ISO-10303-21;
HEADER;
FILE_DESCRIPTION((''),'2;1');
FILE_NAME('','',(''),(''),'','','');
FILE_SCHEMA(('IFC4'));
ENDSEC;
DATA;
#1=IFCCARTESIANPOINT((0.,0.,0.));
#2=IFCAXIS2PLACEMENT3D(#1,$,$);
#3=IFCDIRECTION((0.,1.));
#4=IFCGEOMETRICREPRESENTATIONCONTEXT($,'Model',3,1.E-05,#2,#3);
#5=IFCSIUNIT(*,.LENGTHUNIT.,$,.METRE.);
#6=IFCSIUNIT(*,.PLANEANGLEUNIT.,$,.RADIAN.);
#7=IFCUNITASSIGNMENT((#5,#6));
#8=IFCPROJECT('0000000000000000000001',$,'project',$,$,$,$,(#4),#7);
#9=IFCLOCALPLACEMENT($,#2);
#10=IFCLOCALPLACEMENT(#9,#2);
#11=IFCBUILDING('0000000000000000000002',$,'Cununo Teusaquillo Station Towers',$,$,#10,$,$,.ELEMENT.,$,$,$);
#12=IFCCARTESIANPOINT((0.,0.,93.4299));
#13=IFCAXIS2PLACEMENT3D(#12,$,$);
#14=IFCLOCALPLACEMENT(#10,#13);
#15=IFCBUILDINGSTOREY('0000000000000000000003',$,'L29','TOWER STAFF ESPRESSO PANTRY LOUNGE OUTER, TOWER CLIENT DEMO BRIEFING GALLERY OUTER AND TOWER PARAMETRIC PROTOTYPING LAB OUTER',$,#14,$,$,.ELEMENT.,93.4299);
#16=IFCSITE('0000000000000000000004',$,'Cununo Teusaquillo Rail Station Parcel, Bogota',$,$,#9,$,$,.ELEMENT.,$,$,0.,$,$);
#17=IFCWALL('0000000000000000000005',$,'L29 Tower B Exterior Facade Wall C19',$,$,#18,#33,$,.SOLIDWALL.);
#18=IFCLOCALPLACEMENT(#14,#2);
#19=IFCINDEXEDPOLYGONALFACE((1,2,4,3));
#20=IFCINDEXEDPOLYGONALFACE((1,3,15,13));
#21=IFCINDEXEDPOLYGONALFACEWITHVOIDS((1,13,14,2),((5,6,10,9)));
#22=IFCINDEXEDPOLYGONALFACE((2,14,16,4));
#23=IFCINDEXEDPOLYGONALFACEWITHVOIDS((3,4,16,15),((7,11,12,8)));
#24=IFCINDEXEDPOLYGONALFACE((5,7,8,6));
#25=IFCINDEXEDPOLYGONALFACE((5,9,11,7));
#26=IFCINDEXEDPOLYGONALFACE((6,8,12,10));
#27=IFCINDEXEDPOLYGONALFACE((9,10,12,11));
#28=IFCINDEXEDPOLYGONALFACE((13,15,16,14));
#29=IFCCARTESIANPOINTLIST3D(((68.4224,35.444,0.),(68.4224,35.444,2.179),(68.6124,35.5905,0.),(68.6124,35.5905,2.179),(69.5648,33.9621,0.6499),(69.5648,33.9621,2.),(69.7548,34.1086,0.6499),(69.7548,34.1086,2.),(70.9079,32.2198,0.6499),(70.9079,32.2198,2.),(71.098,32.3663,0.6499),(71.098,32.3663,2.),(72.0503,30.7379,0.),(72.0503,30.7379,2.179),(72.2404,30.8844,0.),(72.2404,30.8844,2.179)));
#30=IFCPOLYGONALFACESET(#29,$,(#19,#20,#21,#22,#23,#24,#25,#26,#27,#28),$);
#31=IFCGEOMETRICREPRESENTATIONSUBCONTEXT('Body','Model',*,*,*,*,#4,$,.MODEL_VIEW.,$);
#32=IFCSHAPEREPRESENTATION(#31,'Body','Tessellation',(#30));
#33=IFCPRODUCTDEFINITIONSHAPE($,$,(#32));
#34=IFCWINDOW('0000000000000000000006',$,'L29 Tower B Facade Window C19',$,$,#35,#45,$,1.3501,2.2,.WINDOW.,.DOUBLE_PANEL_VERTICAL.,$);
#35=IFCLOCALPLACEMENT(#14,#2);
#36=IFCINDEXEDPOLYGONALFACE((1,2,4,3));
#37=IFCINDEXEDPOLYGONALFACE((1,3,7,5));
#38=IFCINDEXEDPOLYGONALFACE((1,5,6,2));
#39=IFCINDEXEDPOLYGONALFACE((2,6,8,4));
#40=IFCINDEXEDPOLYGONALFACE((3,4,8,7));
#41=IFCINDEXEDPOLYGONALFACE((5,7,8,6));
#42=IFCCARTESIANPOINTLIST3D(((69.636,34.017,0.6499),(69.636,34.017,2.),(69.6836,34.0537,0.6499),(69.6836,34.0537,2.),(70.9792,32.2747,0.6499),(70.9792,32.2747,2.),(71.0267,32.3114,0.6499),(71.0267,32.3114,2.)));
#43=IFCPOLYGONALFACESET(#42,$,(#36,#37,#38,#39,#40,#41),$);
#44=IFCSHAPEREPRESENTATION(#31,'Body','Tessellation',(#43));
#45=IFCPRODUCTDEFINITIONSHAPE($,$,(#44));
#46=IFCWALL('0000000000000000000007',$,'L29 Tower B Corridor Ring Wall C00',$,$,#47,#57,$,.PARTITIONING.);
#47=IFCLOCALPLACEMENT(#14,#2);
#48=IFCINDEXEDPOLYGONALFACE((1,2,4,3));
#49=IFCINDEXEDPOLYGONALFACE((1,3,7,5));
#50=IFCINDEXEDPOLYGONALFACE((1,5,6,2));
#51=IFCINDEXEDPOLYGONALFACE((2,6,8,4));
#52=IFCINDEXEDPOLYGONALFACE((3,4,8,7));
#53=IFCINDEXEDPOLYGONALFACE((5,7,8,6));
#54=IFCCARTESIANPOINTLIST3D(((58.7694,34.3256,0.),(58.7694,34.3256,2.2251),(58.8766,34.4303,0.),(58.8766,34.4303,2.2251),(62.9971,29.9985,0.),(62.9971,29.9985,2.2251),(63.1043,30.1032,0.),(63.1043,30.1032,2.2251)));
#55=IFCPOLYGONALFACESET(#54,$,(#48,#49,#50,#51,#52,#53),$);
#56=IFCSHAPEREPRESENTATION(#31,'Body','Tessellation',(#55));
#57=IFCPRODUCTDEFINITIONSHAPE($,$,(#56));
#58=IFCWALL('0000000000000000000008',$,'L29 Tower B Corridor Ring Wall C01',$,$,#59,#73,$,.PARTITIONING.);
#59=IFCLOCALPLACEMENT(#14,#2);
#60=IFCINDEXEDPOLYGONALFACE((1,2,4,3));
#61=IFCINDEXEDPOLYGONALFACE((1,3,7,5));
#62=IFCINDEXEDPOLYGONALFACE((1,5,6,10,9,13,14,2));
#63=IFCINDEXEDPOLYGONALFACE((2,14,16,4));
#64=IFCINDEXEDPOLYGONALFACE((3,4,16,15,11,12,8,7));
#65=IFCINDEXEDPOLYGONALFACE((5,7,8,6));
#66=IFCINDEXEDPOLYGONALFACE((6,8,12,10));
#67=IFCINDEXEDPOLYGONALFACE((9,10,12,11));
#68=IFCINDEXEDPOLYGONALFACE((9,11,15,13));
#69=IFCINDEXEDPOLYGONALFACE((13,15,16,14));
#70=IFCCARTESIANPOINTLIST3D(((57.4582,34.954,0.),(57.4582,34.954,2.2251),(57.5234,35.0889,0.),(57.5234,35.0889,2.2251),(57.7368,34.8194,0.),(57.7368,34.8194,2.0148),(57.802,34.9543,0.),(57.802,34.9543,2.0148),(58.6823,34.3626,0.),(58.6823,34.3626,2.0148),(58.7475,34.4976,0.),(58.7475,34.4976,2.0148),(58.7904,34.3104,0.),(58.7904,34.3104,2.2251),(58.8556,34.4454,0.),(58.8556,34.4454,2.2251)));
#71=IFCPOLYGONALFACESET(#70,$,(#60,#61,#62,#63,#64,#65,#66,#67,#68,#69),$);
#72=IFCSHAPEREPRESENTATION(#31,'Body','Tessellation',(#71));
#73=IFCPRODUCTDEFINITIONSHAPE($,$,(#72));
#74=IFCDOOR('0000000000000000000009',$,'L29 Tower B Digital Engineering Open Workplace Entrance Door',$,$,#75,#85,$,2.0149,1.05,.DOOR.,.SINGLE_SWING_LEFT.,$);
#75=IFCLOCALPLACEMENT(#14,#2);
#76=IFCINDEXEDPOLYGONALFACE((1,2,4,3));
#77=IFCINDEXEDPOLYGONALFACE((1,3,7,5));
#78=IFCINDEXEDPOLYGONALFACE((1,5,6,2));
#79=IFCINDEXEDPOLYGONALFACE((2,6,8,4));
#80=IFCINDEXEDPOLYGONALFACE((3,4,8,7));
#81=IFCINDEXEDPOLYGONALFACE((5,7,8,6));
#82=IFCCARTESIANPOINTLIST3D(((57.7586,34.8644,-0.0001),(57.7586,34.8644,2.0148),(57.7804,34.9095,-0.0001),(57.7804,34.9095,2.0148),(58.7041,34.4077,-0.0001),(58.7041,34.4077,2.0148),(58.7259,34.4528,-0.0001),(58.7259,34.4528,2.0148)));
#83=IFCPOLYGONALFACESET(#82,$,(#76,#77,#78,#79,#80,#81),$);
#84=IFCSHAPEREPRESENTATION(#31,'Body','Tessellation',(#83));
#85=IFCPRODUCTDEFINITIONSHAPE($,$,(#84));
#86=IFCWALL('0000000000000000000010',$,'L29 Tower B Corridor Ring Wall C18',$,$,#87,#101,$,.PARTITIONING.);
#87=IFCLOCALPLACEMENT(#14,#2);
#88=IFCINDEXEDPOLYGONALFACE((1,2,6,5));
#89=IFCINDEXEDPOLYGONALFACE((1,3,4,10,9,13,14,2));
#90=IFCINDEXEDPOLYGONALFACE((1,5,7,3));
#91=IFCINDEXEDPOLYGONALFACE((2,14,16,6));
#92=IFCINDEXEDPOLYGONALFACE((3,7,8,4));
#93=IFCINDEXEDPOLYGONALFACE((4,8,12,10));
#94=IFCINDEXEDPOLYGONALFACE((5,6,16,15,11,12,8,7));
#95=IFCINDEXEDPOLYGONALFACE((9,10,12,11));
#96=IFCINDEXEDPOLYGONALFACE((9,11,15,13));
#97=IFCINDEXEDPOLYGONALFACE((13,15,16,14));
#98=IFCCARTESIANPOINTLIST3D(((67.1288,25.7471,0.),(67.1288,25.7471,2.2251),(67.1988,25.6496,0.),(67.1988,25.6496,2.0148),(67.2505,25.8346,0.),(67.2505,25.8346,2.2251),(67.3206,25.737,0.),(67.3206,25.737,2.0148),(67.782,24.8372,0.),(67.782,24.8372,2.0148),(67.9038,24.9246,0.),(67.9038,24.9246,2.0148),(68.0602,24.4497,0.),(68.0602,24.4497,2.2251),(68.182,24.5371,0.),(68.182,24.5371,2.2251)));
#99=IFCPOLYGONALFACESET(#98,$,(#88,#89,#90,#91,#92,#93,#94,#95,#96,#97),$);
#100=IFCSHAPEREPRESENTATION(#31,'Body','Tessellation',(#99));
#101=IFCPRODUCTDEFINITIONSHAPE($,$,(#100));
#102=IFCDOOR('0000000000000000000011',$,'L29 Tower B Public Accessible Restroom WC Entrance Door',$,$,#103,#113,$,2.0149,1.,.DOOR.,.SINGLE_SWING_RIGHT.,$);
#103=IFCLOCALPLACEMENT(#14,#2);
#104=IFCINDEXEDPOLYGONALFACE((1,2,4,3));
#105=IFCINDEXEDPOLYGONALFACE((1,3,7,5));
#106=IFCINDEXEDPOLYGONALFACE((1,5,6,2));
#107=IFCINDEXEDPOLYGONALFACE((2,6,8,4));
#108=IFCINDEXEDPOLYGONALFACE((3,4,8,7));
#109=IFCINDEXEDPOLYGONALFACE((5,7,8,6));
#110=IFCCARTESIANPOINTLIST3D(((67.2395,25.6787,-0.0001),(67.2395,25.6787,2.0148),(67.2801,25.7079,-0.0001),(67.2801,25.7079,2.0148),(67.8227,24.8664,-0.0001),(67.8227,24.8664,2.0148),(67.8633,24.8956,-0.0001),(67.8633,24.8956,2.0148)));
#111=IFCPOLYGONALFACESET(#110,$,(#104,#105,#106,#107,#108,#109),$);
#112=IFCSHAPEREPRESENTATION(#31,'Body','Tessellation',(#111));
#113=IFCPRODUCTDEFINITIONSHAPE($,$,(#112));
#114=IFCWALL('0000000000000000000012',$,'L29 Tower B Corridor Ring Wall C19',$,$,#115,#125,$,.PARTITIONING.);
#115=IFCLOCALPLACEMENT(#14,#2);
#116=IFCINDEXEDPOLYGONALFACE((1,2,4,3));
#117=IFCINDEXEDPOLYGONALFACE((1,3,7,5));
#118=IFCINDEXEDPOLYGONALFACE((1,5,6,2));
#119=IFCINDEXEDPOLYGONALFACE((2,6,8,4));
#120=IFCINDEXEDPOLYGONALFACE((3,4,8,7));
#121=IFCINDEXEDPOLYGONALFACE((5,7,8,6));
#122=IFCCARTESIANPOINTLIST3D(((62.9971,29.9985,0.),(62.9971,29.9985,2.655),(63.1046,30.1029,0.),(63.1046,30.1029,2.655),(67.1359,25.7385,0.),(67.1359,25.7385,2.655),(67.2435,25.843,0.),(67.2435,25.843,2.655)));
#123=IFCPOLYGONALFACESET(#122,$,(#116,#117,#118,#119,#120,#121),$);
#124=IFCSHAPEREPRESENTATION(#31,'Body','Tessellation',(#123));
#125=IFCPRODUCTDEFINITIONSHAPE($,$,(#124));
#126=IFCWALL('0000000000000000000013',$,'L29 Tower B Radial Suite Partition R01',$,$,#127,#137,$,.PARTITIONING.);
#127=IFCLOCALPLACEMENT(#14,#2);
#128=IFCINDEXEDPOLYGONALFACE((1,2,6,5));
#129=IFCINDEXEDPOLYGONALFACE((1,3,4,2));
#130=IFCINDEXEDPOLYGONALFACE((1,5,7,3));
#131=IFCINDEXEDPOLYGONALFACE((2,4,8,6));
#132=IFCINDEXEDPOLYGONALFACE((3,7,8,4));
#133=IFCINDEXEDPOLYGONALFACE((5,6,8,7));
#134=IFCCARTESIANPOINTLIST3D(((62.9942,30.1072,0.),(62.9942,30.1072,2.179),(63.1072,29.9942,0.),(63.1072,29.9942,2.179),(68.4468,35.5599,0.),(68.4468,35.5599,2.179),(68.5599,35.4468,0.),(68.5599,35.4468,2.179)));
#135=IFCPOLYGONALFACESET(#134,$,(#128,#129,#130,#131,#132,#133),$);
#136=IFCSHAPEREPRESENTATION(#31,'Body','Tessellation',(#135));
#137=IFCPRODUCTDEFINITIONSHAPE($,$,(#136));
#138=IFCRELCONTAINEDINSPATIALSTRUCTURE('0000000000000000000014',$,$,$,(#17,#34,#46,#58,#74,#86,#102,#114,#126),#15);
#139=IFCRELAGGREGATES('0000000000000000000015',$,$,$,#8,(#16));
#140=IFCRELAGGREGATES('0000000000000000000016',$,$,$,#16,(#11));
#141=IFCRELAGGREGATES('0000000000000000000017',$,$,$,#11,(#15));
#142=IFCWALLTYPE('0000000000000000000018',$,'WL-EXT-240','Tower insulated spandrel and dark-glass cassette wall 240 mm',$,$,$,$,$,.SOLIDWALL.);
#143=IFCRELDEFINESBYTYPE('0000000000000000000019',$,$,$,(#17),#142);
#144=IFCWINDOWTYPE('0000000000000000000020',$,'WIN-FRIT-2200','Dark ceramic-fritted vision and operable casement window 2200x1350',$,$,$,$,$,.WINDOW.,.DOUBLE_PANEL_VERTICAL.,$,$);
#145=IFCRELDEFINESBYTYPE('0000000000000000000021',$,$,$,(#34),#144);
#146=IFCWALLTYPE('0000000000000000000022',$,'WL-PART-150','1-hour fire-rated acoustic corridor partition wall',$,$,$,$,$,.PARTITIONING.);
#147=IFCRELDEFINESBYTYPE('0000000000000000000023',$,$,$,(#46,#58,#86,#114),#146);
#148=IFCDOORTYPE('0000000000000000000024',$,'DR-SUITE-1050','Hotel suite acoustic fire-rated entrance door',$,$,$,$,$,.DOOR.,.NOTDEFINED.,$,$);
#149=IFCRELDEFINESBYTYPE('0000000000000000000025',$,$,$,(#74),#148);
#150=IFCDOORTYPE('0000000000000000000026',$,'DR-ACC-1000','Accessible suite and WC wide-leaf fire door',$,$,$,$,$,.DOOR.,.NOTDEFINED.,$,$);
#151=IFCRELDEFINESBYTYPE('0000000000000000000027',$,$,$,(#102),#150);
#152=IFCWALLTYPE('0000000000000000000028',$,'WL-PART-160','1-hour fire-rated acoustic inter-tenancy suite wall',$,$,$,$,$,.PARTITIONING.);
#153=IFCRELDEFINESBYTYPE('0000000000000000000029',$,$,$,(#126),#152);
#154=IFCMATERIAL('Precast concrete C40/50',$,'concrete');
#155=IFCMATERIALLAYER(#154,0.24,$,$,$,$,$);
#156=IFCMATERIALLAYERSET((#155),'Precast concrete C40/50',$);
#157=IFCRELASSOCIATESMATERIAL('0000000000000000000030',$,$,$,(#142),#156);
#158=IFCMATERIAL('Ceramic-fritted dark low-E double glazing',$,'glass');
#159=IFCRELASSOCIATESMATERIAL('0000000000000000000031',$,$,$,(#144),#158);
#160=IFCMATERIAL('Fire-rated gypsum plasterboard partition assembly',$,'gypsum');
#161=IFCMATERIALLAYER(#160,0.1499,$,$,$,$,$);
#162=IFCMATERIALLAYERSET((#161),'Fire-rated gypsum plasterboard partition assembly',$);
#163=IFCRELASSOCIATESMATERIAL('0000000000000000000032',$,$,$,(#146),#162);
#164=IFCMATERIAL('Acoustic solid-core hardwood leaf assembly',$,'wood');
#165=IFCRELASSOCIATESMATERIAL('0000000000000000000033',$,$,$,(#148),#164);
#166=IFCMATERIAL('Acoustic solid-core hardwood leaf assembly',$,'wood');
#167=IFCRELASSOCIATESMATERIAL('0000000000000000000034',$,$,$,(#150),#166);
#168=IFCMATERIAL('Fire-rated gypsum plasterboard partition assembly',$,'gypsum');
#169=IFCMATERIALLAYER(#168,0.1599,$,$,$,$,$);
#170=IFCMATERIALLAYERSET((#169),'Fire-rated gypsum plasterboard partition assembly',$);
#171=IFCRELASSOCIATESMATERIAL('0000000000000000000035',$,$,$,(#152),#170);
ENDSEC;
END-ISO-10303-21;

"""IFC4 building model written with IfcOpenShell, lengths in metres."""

from ifc_helpers import new_model, si_unit, direction, frame, frame_2d, origin, place, context, subcontext, project, spatial, rectangle, extrude, source, transform, mapped, material, layer, layer_set, type_object, element, fill, save


model = new_model("IFC4")

# Units and contexts
model_context = context("Model", 3, precision=1e-05, world=origin(), true_north=direction((0.0, 1.0)))
body_context = subcontext(model_context, "Body", "Model", "MODEL_VIEW")
ifc_project = project(units=[si_unit("LENGTHUNIT", "METRE"), si_unit("PLANEANGLEUNIT", "RADIAN")], contexts=[model_context])

# Site, building, storey
site_placement = place(None, origin())
site = spatial("IfcSite", under=ifc_project, at=site_placement, Name="Cununo Teusaquillo Rail Station Parcel, Bogota", CompositionType="ELEMENT", RefElevation=0.0)
building_placement = place(site_placement, origin())
building = spatial("IfcBuilding", under=site, at=building_placement, Name="Cununo Teusaquillo Station Towers", CompositionType="ELEMENT")
storey_placement = place(building_placement, frame((0.0, 0.0, 93.4299)))
storey = spatial("IfcBuildingStorey", under=building, at=storey_placement, Name="L29", Description="TOWER STAFF ESPRESSO PANTRY LOUNGE OUTER, TOWER CLIENT DEMO BRIEFING GALLERY OUTER AND TOWER PARAMETRIC PROTOTYPING LAB OUTER", CompositionType="ELEMENT", Elevation=93.4299)

# Shared definitions
ifc_material_1 = material(Name="Precast concrete C40/50", Category="concrete")
ifc_layer_1 = layer(ifc_material_1, 0.24)
ifc_layer_set_1 = layer_set([ifc_layer_1], Name="Precast concrete C40/50")
wall_type_1 = type_object("IfcWallType", Name="WL-EXT-240", Description="Tower insulated spandrel and dark-glass cassette wall 240 mm", PredefinedType="SOLIDWALL", material=ifc_layer_set_1)

# Wall, opening, window
wall_1_placement = place(storey_placement, frame((68.5173, 35.5173, 0.0), z_axis=(0.0, 0.0, 1.0), x_axis=(0.610544, -0.791982, 0.0)))
wall_1 = element("IfcWall", 1, at=wall_1_placement, inside=storey, type_object=wall_type_1, Name="L29 Tower B Exterior Facade Wall C19", PredefinedType="SOLIDWALL", context=body_context, shape_type="SweptSolid", body=[
    extrude(rectangle(XDim=5.9421, YDim=0.24, at=frame_2d((2.9712, 0.0))), origin(), (0.0, 0.0, 1.0), 2.179),
])
shared_shape_1 = source(origin(), body_context, "Body", "SweptSolid", [
    extrude(rectangle(XDim=2.2, YDim=1.3501, at=frame_2d((1.1001, 0.675))), frame((0.0, 0.1299, 0.0), z_axis=(0.0, -1.0, 0.0), x_axis=(1.0, 0.0, 0.0)), (0.0, 0.0, 1.0), 0.26),
])
opening_1_placement = place(wall_1_placement, frame((1.8711, 0.0, 0.6499)))
opening_1 = element("IfcOpeningElement", 2, at=opening_1_placement, cuts=wall_1, PredefinedType="OPENING", context=body_context, shape_type="MappedRepresentation", body=[
    mapped(shared_shape_1, transform((0.0, 0.0, 0.0), x_axis=(1.0, 0.0, 0.0), y_axis=(0.0, 1.0, 0.0), z_axis=(0.0, 0.0, 1.0), scale=1.0)),
])
ifc_material_2 = material(Name="Ceramic-fritted dark low-E double glazing", Category="glass")
window_type_1 = type_object("IfcWindowType", Name="WIN-FRIT-2200", Description="Dark ceramic-fritted vision and operable casement window 2200x1350", PartitioningType="DOUBLE_PANEL_VERTICAL", PredefinedType="WINDOW", material=ifc_material_2)
shared_shape_2 = source(origin(), body_context, "Body", "SweptSolid", [
    extrude(rectangle(XDim=2.2, YDim=1.3501, at=frame_2d((1.1001, 0.675))), frame((0.0, 0.03, 0.0), z_axis=(0.0, -1.0, 0.0), x_axis=(1.0, 0.0, 0.0)), (0.0, 0.0, 1.0), 0.0601),
])
window_1_placement = place(opening_1_placement, origin())
window_1 = element("IfcWindow", 3, at=window_1_placement, inside=storey, type_object=window_type_1, Name="L29 Tower B Facade Window C19", OverallHeight=1.3501, OverallWidth=2.2, PartitioningType="DOUBLE_PANEL_VERTICAL", PredefinedType="WINDOW", context=body_context, shape_type="MappedRepresentation", body=[
    mapped(shared_shape_2, transform((0.0, 0.0, 0.0), x_axis=(1.0, 0.0, 0.0), y_axis=(0.0, 1.0, 0.0), z_axis=(0.0, 0.0, 1.0), scale=1.0)),
])
fill(opening_1, window_1)

# Wall
ifc_material_3 = material(Name="Fire-rated gypsum plasterboard partition assembly", Category="gypsum")
ifc_layer_2 = layer(ifc_material_3, 0.1499)
ifc_layer_set_2 = layer_set([ifc_layer_2], Name="Fire-rated gypsum plasterboard partition assembly")
wall_type_2 = type_object("IfcWallType", Name="WL-PART-150", Description="1-hour fire-rated acoustic corridor partition wall", PredefinedType="PARTITIONING", material=ifc_layer_set_2)
wall_2_placement = place(storey_placement, frame((63.0508, 30.0508, 0.0), z_axis=(0.0, 0.0, 1.0), x_axis=(-0.698847, 0.715272, 0.0)))
element("IfcWall", 4, at=wall_2_placement, inside=storey, type_object=wall_type_2, Name="L29 Tower B Corridor Ring Wall C00", PredefinedType="PARTITIONING", context=body_context, shape_type="SweptSolid", body=[
    extrude(rectangle(XDim=6.0496, YDim=0.1499, at=frame_2d((3.0249, 0.0))), origin(), (0.0, 0.0, 1.0), 2.2251),
])

# Walls, openings, doors
wall_3_placement = place(storey_placement, frame((58.823, 34.3779, 0.0), z_axis=(0.0, 0.0, 1.0), x_axis=(-0.900449, 0.434961, 0.0)))
wall_3 = element("IfcWall", 5, at=wall_3_placement, inside=storey, type_object=wall_type_2, Name="L29 Tower B Corridor Ring Wall C01", PredefinedType="PARTITIONING", context=body_context, shape_type="SweptSolid", body=[
    extrude(rectangle(XDim=1.4795, YDim=0.1499, at=frame_2d((0.7397, 0.0))), origin(), (0.0, 0.0, 1.0), 2.2251),
])
shared_shape_3 = source(origin(), body_context, "Body", "SweptSolid", [
    extrude(rectangle(XDim=1.05, YDim=2.0149, at=frame_2d((0.5249, 1.0073))), frame((0.0, 0.085, 0.0), z_axis=(0.0, -1.0, 0.0), x_axis=(1.0, 0.0, 0.0)), (0.0, 0.0, 1.0), 0.1699),
])
opening_2_placement = place(wall_3_placement, frame((0.1201, 0.0, 0.0)))
opening_2 = element("IfcOpeningElement", 6, at=opening_2_placement, cuts=wall_3, PredefinedType="OPENING", context=body_context, shape_type="MappedRepresentation", body=[
    mapped(shared_shape_3, transform((0.0, 0.0, 0.0), x_axis=(1.0, 0.0, 0.0), y_axis=(0.0, 1.0, 0.0), z_axis=(0.0, 0.0, 1.0), scale=1.0)),
])
ifc_material_4 = material(Name="Acoustic solid-core hardwood leaf assembly", Category="wood")
door_type_1 = type_object("IfcDoorType", Name="DR-SUITE-1050", Description="Hotel suite acoustic fire-rated entrance door", OperationType="NOTDEFINED", PredefinedType="DOOR", material=ifc_material_4)
shared_shape_4 = source(origin(), body_context, "Body", "SweptSolid", [
    extrude(rectangle(XDim=1.05, YDim=2.0149, at=frame_2d((0.5249, 1.0073))), frame((0.0, 0.0249, 0.0), z_axis=(0.0, -1.0, 0.0), x_axis=(1.0, 0.0, 0.0)), (0.0, 0.0, 1.0), 0.05),
])
door_1_placement = place(opening_2_placement, origin())
door_1 = element("IfcDoor", 7, at=door_1_placement, inside=storey, type_object=door_type_1, Name="L29 Tower B Digital Engineering Open Workplace Entrance Door", OperationType="SINGLE_SWING_LEFT", OverallHeight=2.0149, OverallWidth=1.05, PredefinedType="DOOR", context=body_context, shape_type="MappedRepresentation", body=[
    mapped(shared_shape_4, transform((0.0, 0.0, 0.0), x_axis=(1.0, 0.0, 0.0), y_axis=(0.0, 1.0, 0.0), z_axis=(0.0, 0.0, 1.0), scale=1.0)),
])
fill(opening_2, door_1)
wall_4_placement = place(storey_placement, frame((68.1211, 24.4934, 0.0), z_axis=(0.0, 0.0, 1.0), x_axis=(-0.583189, 0.812337, 0.0)))
wall_4 = element("IfcWall", 8, at=wall_4_placement, inside=storey, type_object=wall_type_2, Name="L29 Tower B Corridor Ring Wall C18", PredefinedType="PARTITIONING", context=body_context, shape_type="SweptSolid", body=[
    extrude(rectangle(XDim=1.5972, YDim=0.1499, at=frame_2d((0.7986, 0.0))), origin(), (0.0, 0.0, 1.0), 2.2251),
])
shared_shape_5 = source(origin(), body_context, "Body", "SweptSolid", [
    extrude(rectangle(XDim=1.0, YDim=2.0149, at=frame_2d((0.5, 1.0073))), frame((0.0, 0.085, 0.0), z_axis=(0.0, -1.0, 0.0), x_axis=(1.0, 0.0, 0.0)), (0.0, 0.0, 1.0), 0.1699),
])
opening_3_placement = place(wall_4_placement, frame((0.4771, 0.0, 0.0)))
opening_3 = element("IfcOpeningElement", 9, at=opening_3_placement, cuts=wall_4, PredefinedType="OPENING", context=body_context, shape_type="MappedRepresentation", body=[
    mapped(shared_shape_5, transform((0.0, 0.0, 0.0), x_axis=(1.0, 0.0, 0.0), y_axis=(0.0, 1.0, 0.0), z_axis=(0.0, 0.0, 1.0), scale=1.0)),
])
ifc_material_5 = material(Name="Acoustic solid-core hardwood leaf assembly", Category="wood")
door_type_2 = type_object("IfcDoorType", Name="DR-ACC-1000", Description="Accessible suite and WC wide-leaf fire door", OperationType="NOTDEFINED", PredefinedType="DOOR", material=ifc_material_5)
shared_shape_6 = source(origin(), body_context, "Body", "SweptSolid", [
    extrude(rectangle(XDim=1.0, YDim=2.0149, at=frame_2d((0.5, 1.0073))), frame((0.0, 0.0249, 0.0), z_axis=(0.0, -1.0, 0.0), x_axis=(1.0, 0.0, 0.0)), (0.0, 0.0, 1.0), 0.05),
])
door_2_placement = place(opening_3_placement, origin())
door_2 = element("IfcDoor", 10, at=door_2_placement, inside=storey, type_object=door_type_2, Name="L29 Tower B Public Accessible Restroom WC Entrance Door", OperationType="SINGLE_SWING_RIGHT", OverallHeight=2.0149, OverallWidth=1.0, PredefinedType="DOOR", context=body_context, shape_type="MappedRepresentation", body=[
    mapped(shared_shape_6, transform((0.0, 0.0, 0.0), x_axis=(1.0, 0.0, 0.0), y_axis=(0.0, 1.0, 0.0), z_axis=(0.0, 0.0, 1.0), scale=1.0)),
])
fill(opening_3, door_2)

# Walls
wall_5_placement = place(storey_placement, frame((67.1897, 25.7908, 0.0), z_axis=(0.0, 0.0, 1.0), x_axis=(-0.696839, 0.717227, 0.0)))
element("IfcWall", 11, at=wall_5_placement, inside=storey, type_object=wall_type_2, Name="L29 Tower B Corridor Ring Wall C19", PredefinedType="PARTITIONING", context=body_context, shape_type="SweptSolid", body=[
    extrude(rectangle(XDim=5.9395, YDim=0.1499, at=frame_2d((2.9697, 0.0))), origin(), (0.0, 0.0, 1.0), 2.655),
])
ifc_material_6 = material(Name="Fire-rated gypsum plasterboard partition assembly", Category="gypsum")
ifc_layer_3 = layer(ifc_material_6, 0.1599)
ifc_layer_set_3 = layer_set([ifc_layer_3], Name="Fire-rated gypsum plasterboard partition assembly")
wall_type_3 = type_object("IfcWallType", Name="WL-PART-160", Description="1-hour fire-rated acoustic inter-tenancy suite wall", PredefinedType="PARTITIONING", material=ifc_layer_set_3)
wall_6_placement = place(storey_placement, frame((63.0508, 30.0508, 0.0), z_axis=(0.0, 0.0, 1.0), x_axis=(0.707107, 0.707107, 0.0)))
element("IfcWall", 12, at=wall_6_placement, inside=storey, type_object=wall_type_3, Name="L29 Tower B Radial Suite Partition R01", PredefinedType="PARTITIONING", context=body_context, shape_type="SweptSolid", body=[
    extrude(rectangle(XDim=7.7112, YDim=0.1599, at=frame_2d((3.8555, 0.0))), origin(), (0.0, 0.0, 1.0), 2.179),
])

save(model, "model.ifc")
